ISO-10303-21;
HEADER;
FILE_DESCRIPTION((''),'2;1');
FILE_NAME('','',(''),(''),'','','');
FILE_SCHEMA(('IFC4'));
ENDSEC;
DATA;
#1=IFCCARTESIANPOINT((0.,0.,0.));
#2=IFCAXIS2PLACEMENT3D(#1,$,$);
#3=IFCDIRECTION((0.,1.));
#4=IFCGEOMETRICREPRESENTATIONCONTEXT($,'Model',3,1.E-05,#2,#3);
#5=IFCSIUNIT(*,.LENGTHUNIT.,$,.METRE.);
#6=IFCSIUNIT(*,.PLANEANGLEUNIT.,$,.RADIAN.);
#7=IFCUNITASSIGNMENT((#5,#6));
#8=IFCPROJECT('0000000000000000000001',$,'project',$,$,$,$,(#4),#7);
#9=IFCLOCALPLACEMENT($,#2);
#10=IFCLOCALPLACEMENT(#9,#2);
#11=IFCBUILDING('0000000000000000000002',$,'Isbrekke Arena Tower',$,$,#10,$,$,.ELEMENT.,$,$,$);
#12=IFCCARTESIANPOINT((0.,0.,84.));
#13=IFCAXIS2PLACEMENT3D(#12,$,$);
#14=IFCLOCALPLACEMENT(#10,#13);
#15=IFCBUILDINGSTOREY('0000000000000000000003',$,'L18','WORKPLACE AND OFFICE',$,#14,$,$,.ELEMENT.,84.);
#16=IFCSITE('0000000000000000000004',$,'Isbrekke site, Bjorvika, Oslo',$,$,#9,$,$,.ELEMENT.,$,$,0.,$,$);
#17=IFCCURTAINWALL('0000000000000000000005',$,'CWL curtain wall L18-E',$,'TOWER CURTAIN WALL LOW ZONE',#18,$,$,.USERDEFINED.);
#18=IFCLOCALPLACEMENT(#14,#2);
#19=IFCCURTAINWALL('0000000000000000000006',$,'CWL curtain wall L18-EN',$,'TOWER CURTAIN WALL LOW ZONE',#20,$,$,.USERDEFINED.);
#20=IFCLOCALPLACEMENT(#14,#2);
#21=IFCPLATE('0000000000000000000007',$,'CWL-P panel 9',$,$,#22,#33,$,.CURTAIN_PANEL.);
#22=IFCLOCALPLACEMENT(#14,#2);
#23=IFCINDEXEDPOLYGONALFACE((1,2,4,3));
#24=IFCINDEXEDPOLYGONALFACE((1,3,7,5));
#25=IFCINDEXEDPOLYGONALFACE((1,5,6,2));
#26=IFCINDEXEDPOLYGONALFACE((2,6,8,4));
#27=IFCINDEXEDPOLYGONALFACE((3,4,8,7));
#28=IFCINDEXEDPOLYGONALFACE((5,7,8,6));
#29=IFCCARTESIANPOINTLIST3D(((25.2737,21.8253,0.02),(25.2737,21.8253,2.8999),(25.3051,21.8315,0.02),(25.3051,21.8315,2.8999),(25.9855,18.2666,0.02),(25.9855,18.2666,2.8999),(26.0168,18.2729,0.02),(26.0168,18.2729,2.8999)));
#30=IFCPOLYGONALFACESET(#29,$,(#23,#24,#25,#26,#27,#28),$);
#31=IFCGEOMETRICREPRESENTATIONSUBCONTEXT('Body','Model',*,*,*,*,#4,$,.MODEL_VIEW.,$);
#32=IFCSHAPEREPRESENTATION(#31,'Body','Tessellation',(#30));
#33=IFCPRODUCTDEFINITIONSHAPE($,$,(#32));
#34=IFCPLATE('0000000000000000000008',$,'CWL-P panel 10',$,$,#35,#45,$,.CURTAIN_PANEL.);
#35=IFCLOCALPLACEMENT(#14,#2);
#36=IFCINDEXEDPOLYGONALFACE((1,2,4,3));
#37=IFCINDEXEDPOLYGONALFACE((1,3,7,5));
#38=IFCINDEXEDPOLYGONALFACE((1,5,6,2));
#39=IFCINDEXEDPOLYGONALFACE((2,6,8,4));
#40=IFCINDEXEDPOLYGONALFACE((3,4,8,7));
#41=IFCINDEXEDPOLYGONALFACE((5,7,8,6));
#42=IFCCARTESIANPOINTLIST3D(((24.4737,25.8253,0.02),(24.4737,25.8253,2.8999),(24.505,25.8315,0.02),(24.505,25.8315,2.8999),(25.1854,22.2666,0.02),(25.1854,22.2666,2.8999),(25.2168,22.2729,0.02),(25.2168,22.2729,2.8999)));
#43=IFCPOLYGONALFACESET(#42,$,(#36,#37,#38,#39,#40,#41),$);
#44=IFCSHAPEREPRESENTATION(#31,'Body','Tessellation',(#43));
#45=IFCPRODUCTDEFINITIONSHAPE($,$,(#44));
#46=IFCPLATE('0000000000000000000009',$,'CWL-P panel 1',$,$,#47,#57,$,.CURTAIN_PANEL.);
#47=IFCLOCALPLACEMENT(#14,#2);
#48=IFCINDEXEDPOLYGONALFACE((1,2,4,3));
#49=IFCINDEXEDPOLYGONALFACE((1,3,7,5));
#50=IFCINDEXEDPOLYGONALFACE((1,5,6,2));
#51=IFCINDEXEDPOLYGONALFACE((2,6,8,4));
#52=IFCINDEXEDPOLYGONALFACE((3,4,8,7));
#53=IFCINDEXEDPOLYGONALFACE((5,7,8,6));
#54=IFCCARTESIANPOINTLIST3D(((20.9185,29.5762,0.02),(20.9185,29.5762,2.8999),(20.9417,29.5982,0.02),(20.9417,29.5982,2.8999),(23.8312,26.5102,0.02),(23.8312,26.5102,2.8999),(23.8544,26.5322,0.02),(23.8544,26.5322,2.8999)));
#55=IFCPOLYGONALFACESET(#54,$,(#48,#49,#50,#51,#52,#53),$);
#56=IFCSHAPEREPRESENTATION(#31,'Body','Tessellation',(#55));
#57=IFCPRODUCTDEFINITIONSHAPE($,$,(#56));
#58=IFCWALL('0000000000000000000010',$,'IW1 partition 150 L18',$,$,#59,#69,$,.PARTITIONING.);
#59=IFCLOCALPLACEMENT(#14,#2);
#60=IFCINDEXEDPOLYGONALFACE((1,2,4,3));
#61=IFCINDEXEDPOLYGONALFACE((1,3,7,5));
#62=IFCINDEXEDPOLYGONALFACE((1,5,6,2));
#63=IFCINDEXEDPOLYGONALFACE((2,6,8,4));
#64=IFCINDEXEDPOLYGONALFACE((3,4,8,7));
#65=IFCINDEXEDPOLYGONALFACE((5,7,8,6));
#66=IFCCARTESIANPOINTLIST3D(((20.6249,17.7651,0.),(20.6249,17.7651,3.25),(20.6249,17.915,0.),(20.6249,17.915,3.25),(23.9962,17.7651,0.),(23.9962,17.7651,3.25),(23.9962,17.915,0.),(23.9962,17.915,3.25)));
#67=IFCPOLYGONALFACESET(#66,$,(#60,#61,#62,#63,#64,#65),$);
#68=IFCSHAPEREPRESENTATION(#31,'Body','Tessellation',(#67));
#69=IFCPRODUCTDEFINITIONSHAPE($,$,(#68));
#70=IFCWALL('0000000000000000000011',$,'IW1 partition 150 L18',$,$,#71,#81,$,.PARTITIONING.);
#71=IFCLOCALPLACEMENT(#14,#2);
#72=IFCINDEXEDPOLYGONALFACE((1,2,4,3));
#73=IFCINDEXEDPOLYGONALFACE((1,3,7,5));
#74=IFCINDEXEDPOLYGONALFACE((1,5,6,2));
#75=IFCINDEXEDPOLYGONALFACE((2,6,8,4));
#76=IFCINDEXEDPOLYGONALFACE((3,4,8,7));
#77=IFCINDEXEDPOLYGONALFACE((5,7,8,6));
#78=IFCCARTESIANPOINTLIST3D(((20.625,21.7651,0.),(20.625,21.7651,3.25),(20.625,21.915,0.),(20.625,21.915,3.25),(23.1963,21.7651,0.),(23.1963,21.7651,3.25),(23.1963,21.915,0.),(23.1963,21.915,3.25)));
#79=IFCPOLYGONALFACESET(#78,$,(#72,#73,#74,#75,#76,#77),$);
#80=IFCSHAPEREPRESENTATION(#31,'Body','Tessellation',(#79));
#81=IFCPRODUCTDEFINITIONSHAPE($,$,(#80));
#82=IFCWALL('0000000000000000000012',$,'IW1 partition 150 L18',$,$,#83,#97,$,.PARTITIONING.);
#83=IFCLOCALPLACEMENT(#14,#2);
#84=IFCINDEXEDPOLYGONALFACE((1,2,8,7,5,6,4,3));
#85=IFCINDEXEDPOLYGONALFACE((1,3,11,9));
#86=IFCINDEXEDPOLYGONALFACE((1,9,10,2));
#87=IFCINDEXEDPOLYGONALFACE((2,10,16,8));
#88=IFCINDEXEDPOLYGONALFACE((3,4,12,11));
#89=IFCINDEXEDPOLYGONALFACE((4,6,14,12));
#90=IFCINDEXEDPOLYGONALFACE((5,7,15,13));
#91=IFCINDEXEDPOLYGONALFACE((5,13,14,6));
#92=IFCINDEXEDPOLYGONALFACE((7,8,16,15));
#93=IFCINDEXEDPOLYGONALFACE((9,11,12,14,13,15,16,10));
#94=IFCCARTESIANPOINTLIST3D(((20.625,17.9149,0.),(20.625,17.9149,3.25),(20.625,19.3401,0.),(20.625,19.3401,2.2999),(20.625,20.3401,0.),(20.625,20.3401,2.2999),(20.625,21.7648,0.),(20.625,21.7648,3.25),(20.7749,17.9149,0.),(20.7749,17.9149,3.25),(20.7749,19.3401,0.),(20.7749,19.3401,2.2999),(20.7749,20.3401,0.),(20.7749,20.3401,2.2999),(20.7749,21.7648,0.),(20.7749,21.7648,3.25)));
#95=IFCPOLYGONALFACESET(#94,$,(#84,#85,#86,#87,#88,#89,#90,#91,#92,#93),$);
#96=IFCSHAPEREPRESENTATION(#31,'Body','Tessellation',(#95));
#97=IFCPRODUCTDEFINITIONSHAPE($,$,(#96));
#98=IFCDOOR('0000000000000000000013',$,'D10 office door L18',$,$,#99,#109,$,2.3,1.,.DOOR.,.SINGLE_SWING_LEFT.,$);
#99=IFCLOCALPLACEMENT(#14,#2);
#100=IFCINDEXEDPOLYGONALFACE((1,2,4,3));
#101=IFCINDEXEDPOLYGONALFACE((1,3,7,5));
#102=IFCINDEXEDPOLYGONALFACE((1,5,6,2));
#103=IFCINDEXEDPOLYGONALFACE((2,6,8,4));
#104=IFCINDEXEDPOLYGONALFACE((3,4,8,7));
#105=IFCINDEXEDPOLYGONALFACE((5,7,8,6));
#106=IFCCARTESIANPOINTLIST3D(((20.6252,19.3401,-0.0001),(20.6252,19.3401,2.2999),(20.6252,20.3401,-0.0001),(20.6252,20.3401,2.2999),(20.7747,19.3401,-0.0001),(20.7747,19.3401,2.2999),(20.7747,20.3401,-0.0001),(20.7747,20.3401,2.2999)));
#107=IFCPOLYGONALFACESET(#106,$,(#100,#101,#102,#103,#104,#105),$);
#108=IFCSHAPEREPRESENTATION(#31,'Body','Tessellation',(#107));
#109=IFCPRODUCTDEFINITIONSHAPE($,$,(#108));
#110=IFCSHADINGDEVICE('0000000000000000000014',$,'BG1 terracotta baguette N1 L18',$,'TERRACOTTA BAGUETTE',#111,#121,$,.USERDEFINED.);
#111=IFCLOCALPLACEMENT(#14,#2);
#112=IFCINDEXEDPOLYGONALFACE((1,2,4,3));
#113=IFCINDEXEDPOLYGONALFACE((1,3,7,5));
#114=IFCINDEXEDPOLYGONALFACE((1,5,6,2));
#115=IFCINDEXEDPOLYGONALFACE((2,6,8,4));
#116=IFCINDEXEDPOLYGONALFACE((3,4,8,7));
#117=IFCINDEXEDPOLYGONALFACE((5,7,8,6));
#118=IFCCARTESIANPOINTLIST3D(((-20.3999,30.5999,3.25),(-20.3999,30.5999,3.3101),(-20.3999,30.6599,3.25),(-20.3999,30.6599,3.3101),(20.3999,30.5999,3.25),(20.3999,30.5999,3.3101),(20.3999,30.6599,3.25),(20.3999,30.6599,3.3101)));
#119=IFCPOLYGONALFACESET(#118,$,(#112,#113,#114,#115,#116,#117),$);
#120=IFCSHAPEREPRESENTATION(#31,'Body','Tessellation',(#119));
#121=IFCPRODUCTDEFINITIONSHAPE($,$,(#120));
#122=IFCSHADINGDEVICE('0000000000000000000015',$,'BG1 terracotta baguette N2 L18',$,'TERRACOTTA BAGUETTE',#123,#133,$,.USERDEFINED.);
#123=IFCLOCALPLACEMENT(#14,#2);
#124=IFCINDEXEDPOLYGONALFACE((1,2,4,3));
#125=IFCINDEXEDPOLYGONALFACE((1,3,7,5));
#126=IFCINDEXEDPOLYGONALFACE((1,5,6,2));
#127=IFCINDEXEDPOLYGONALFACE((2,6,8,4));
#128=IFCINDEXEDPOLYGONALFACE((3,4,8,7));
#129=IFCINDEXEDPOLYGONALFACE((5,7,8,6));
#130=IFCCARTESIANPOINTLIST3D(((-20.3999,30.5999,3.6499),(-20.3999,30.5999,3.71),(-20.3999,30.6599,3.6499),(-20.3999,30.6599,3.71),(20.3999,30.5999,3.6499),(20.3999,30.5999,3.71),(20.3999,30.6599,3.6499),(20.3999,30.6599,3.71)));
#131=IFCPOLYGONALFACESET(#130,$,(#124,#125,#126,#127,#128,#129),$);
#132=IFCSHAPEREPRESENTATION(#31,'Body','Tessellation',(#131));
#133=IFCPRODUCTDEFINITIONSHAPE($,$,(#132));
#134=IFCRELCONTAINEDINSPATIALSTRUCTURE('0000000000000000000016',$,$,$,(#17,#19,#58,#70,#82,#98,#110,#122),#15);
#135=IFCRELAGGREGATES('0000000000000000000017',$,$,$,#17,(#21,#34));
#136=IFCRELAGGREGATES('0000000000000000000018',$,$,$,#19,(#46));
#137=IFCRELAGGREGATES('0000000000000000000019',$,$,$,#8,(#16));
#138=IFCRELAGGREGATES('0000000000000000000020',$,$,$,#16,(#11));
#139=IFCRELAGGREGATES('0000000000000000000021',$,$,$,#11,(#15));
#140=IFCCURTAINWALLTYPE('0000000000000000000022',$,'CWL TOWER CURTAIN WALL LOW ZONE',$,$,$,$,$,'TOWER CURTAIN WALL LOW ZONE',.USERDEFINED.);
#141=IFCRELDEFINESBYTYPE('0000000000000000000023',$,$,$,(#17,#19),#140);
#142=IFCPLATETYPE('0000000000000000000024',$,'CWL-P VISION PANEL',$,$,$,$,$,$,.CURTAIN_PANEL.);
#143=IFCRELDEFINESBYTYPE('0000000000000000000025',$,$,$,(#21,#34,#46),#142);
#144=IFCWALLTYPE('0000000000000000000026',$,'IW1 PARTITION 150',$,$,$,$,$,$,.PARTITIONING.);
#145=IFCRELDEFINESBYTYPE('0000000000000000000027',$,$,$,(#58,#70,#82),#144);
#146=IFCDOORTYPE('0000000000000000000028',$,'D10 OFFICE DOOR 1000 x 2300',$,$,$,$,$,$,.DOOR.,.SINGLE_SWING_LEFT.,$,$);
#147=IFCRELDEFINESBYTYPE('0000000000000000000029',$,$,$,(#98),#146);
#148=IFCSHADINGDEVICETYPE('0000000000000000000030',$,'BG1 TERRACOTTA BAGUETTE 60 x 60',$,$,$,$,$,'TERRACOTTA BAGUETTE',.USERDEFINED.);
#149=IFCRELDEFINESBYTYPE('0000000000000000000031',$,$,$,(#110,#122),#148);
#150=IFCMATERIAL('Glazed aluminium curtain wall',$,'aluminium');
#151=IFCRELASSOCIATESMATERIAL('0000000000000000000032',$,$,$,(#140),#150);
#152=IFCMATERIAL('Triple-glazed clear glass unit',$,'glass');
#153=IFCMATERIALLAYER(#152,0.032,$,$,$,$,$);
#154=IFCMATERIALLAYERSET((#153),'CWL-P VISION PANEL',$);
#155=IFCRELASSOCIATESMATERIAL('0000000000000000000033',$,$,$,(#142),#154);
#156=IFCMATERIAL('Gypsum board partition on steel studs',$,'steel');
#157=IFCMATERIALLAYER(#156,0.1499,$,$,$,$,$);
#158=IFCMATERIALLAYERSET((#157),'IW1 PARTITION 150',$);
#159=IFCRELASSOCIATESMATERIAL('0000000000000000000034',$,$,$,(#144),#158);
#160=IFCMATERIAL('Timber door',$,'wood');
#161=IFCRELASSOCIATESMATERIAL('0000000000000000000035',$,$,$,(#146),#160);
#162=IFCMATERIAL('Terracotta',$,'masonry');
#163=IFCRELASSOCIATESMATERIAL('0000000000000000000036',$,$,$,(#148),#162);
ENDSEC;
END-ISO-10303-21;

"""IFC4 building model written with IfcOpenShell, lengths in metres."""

from ifc_helpers import new_model, si_unit, direction, frame, frame_2d, origin, origin_2d, place, context, subcontext, project, spatial, rectangle, extrude, material, layer, layer_set, material_profile, profile_set, type_object, element, fill, aggregate, save


model = new_model("IFC4")

# Units and contexts
model_context = context("Model", 3, precision=1e-05, world=origin(), true_north=direction((0.0, 1.0)))
body_context = subcontext(model_context, "Body", "Model", "MODEL_VIEW")
ifc_project = project(units=[si_unit("LENGTHUNIT", "METRE"), si_unit("PLANEANGLEUNIT", "RADIAN")], contexts=[model_context])

# Site, building, storey
site_placement = place(None, origin())
site = spatial("IfcSite", under=ifc_project, at=site_placement, Name="Isbrekke site, Bjorvika, Oslo", CompositionType="ELEMENT", RefElevation=0.0)
building_placement = place(site_placement, origin())
building = spatial("IfcBuilding", under=site, at=building_placement, Name="Isbrekke Arena Tower", CompositionType="ELEMENT")
storey_placement = place(building_placement, frame((0.0, 0.0, 84.0)))
storey = spatial("IfcBuildingStorey", under=building, at=storey_placement, Name="L18", Description="WORKPLACE AND OFFICE", CompositionType="ELEMENT", Elevation=84.0)

# Curtain walls
ifc_material_1 = material(Name="Glazed aluminium curtain wall", Category="aluminium")
curtain_wall_type = type_object("IfcCurtainWallType", Name="CWL TOWER CURTAIN WALL LOW ZONE", ElementType="TOWER CURTAIN WALL LOW ZONE", PredefinedType="USERDEFINED", material=ifc_material_1)
curtain_wall_1_placement = place(storey_placement, origin())
curtain_wall_1 = element("IfcCurtainWall", 1, at=curtain_wall_1_placement, inside=storey, type_object=curtain_wall_type, Name="CWL curtain wall L18-E", ObjectType="TOWER CURTAIN WALL LOW ZONE", PredefinedType="USERDEFINED")
curtain_wall_2_placement = place(storey_placement, origin())
curtain_wall_2 = element("IfcCurtainWall", 2, at=curtain_wall_2_placement, inside=storey, type_object=curtain_wall_type, Name="CWL curtain wall L18-EN", ObjectType="TOWER CURTAIN WALL LOW ZONE", PredefinedType="USERDEFINED")

# Plates
ifc_material_2 = material(Name="Triple-glazed clear glass unit", Category="glass")
ifc_layer_1 = layer(ifc_material_2, 0.032)
ifc_layer_set_1 = layer_set([ifc_layer_1], Name="CWL-P VISION PANEL")
plate_type = type_object("IfcPlateType", Name="CWL-P VISION PANEL", PredefinedType="CURTAIN_PANEL", material=ifc_layer_set_1)
plate_1_placement = place(storey_placement, frame((25.6453, 20.0491, 0.02), z_axis=(0.0, 0.0, 1.0), x_axis=(-0.196116, 0.980581, 0.0)))
plate_1 = element("IfcPlate", 3, at=plate_1_placement, type_object=plate_type, Name="CWL-P panel 9", PredefinedType="CURTAIN_PANEL", context=body_context, shape_type="SweptSolid", body=[
    extrude(rectangle(XDim=3.6292, YDim=0.032, at=origin_2d()), origin(), (0.0, 0.0, 1.0), 2.8799),
])
plate_2_placement = place(storey_placement, frame((24.8452, 24.0491, 0.02), z_axis=(0.0, 0.0, 1.0), x_axis=(-0.196116, 0.980581, 0.0)))
plate_2 = element("IfcPlate", 4, at=plate_2_placement, type_object=plate_type, Name="CWL-P panel 10", PredefinedType="CURTAIN_PANEL", context=body_context, shape_type="SweptSolid", body=[
    extrude(rectangle(XDim=3.6292, YDim=0.032, at=origin_2d()), origin(), (0.0, 0.0, 1.0), 2.8799),
])
aggregate(curtain_wall_1, [plate_1, plate_2])
plate_3_placement = place(storey_placement, frame((22.3865, 28.0542, 0.02), z_axis=(0.0, 0.0, 1.0), x_axis=(-0.688749, 0.724999, 0.0)))
plate_3 = element("IfcPlate", 5, at=plate_3_placement, type_object=plate_type, Name="CWL-P panel 1", PredefinedType="CURTAIN_PANEL", context=body_context, shape_type="SweptSolid", body=[
    extrude(rectangle(XDim=4.229, YDim=0.032, at=origin_2d()), origin(), (0.0, 0.0, 1.0), 2.8799),
])
aggregate(curtain_wall_2, [plate_3])

# Walls
ifc_material_3 = material(Name="Gypsum board partition on steel studs", Category="steel")
ifc_layer_2 = layer(ifc_material_3, 0.1499)
ifc_layer_set_2 = layer_set([ifc_layer_2], Name="IW1 PARTITION 150")
wall_type = type_object("IfcWallType", Name="IW1 PARTITION 150", PredefinedType="PARTITIONING", material=ifc_layer_set_2)
wall_1_placement = place(storey_placement, frame((20.625, 17.8401, 0.0), z_axis=(0.0, 0.0, 1.0), x_axis=(1.0, 0.0, 0.0)))
element("IfcWall", 6, at=wall_1_placement, inside=storey, type_object=wall_type, Name="IW1 partition 150 L18", PredefinedType="PARTITIONING", context=body_context, shape_type="SweptSolid", body=[
    extrude(rectangle(XDim=3.3713, YDim=0.1499, at=frame_2d((1.6855, 0.0))), origin(), (0.0, 0.0, 1.0), 3.25),
])
wall_2_placement = place(storey_placement, frame((20.625, 21.8401, 0.0), z_axis=(0.0, 0.0, 1.0), x_axis=(1.0, 0.0, 0.0)))
element("IfcWall", 7, at=wall_2_placement, inside=storey, type_object=wall_type, Name="IW1 partition 150 L18", PredefinedType="PARTITIONING", context=body_context, shape_type="SweptSolid", body=[
    extrude(rectangle(XDim=2.5713, YDim=0.1499, at=frame_2d((1.2856, 0.0))), origin(), (0.0, 0.0, 1.0), 3.25),
])

# Wall, opening, door
wall_3_placement = place(storey_placement, frame((20.7, 17.915, 0.0), z_axis=(0.0, 0.0, 1.0), x_axis=(0.0, 1.0, 0.0)))
wall_3 = element("IfcWall", 8, at=wall_3_placement, inside=storey, type_object=wall_type, Name="IW1 partition 150 L18", PredefinedType="PARTITIONING", context=body_context, shape_type="SweptSolid", body=[
    extrude(rectangle(XDim=3.8499, YDim=0.1499, at=frame_2d((1.9248, 0.0))), origin(), (0.0, 0.0, 1.0), 3.25),
])
opening_placement = place(wall_3_placement, frame((1.425, 0.0, 0.0)))
opening = element("IfcOpeningElement", 9, at=opening_placement, cuts=wall_3, PredefinedType="OPENING", context=body_context, shape_type="SweptSolid", body=[
    extrude(rectangle(XDim=1.0, YDim=2.3, at=frame_2d((0.5, 1.1499))), frame((0.0, 0.0898, 0.0), z_axis=(0.0, -1.0, 0.0), x_axis=(1.0, 0.0, 0.0)), (0.0, 0.0, 1.0), 0.1797),
])
ifc_material_4 = material(Name="Timber door", Category="wood")
door_type = type_object("IfcDoorType", Name="D10 OFFICE DOOR 1000 x 2300", OperationType="SINGLE_SWING_LEFT", PredefinedType="DOOR", material=ifc_material_4)
door_placement = place(opening_placement, origin())
door = element("IfcDoor", 10, at=door_placement, inside=storey, type_object=door_type, Name="D10 office door L18", OperationType="SINGLE_SWING_LEFT", OverallHeight=2.3, OverallWidth=1.0, PredefinedType="DOOR", context=body_context, shape_type="SweptSolid", body=[
    extrude(rectangle(XDim=1.0, YDim=2.3, at=frame_2d((0.5, 1.1499))), frame((0.0, 0.0747, 0.0), z_axis=(0.0, -1.0, 0.0), x_axis=(1.0, 0.0, 0.0)), (0.0, 0.0, 1.0), 0.1494),
])
fill(opening, door)

# Shading devices
ifc_material_5 = material(Name="Terracotta", Category="masonry")
ifc_material_profile_1 = material_profile(ifc_material_5, rectangle(XDim=0.0601, YDim=0.0601, at=origin_2d()), Name="BAGUETTE 60X60")
ifc_profile_set_1 = profile_set([ifc_material_profile_1], Name="Terracotta")
shading_device_type = type_object("IfcShadingDeviceType", Name="BG1 TERRACOTTA BAGUETTE 60 x 60", ElementType="TERRACOTTA BAGUETTE", PredefinedType="USERDEFINED", material=ifc_profile_set_1)
for number, where, z_axis, x_axis, name in (
    (11, (20.3999, 30.6299, 3.28), (-1.0, 0.0, 0.0), (0.0, -1.0, 0.0), "BG1 terracotta baguette N1 L18"),
    (12, (20.3999, 30.6299, 3.6799), (-1.0, 0.0, 0.0), (0.0, -1.0, 0.0), "BG1 terracotta baguette N2 L18"),
):
    element("IfcShadingDevice", number, at=place(storey_placement, frame(where, z_axis=z_axis, x_axis=x_axis)), inside=storey, type_object=shading_device_type, Name=name, ObjectType="TERRACOTTA BAGUETTE", PredefinedType="USERDEFINED", context=body_context, shape_type="SweptSolid", body=[
        extrude(rectangle(XDim=0.0601, YDim=0.0601, at=origin_2d()), origin(), (0.0, 0.0, 1.0), 40.7998),
    ])

save(model, "model.ifc")
